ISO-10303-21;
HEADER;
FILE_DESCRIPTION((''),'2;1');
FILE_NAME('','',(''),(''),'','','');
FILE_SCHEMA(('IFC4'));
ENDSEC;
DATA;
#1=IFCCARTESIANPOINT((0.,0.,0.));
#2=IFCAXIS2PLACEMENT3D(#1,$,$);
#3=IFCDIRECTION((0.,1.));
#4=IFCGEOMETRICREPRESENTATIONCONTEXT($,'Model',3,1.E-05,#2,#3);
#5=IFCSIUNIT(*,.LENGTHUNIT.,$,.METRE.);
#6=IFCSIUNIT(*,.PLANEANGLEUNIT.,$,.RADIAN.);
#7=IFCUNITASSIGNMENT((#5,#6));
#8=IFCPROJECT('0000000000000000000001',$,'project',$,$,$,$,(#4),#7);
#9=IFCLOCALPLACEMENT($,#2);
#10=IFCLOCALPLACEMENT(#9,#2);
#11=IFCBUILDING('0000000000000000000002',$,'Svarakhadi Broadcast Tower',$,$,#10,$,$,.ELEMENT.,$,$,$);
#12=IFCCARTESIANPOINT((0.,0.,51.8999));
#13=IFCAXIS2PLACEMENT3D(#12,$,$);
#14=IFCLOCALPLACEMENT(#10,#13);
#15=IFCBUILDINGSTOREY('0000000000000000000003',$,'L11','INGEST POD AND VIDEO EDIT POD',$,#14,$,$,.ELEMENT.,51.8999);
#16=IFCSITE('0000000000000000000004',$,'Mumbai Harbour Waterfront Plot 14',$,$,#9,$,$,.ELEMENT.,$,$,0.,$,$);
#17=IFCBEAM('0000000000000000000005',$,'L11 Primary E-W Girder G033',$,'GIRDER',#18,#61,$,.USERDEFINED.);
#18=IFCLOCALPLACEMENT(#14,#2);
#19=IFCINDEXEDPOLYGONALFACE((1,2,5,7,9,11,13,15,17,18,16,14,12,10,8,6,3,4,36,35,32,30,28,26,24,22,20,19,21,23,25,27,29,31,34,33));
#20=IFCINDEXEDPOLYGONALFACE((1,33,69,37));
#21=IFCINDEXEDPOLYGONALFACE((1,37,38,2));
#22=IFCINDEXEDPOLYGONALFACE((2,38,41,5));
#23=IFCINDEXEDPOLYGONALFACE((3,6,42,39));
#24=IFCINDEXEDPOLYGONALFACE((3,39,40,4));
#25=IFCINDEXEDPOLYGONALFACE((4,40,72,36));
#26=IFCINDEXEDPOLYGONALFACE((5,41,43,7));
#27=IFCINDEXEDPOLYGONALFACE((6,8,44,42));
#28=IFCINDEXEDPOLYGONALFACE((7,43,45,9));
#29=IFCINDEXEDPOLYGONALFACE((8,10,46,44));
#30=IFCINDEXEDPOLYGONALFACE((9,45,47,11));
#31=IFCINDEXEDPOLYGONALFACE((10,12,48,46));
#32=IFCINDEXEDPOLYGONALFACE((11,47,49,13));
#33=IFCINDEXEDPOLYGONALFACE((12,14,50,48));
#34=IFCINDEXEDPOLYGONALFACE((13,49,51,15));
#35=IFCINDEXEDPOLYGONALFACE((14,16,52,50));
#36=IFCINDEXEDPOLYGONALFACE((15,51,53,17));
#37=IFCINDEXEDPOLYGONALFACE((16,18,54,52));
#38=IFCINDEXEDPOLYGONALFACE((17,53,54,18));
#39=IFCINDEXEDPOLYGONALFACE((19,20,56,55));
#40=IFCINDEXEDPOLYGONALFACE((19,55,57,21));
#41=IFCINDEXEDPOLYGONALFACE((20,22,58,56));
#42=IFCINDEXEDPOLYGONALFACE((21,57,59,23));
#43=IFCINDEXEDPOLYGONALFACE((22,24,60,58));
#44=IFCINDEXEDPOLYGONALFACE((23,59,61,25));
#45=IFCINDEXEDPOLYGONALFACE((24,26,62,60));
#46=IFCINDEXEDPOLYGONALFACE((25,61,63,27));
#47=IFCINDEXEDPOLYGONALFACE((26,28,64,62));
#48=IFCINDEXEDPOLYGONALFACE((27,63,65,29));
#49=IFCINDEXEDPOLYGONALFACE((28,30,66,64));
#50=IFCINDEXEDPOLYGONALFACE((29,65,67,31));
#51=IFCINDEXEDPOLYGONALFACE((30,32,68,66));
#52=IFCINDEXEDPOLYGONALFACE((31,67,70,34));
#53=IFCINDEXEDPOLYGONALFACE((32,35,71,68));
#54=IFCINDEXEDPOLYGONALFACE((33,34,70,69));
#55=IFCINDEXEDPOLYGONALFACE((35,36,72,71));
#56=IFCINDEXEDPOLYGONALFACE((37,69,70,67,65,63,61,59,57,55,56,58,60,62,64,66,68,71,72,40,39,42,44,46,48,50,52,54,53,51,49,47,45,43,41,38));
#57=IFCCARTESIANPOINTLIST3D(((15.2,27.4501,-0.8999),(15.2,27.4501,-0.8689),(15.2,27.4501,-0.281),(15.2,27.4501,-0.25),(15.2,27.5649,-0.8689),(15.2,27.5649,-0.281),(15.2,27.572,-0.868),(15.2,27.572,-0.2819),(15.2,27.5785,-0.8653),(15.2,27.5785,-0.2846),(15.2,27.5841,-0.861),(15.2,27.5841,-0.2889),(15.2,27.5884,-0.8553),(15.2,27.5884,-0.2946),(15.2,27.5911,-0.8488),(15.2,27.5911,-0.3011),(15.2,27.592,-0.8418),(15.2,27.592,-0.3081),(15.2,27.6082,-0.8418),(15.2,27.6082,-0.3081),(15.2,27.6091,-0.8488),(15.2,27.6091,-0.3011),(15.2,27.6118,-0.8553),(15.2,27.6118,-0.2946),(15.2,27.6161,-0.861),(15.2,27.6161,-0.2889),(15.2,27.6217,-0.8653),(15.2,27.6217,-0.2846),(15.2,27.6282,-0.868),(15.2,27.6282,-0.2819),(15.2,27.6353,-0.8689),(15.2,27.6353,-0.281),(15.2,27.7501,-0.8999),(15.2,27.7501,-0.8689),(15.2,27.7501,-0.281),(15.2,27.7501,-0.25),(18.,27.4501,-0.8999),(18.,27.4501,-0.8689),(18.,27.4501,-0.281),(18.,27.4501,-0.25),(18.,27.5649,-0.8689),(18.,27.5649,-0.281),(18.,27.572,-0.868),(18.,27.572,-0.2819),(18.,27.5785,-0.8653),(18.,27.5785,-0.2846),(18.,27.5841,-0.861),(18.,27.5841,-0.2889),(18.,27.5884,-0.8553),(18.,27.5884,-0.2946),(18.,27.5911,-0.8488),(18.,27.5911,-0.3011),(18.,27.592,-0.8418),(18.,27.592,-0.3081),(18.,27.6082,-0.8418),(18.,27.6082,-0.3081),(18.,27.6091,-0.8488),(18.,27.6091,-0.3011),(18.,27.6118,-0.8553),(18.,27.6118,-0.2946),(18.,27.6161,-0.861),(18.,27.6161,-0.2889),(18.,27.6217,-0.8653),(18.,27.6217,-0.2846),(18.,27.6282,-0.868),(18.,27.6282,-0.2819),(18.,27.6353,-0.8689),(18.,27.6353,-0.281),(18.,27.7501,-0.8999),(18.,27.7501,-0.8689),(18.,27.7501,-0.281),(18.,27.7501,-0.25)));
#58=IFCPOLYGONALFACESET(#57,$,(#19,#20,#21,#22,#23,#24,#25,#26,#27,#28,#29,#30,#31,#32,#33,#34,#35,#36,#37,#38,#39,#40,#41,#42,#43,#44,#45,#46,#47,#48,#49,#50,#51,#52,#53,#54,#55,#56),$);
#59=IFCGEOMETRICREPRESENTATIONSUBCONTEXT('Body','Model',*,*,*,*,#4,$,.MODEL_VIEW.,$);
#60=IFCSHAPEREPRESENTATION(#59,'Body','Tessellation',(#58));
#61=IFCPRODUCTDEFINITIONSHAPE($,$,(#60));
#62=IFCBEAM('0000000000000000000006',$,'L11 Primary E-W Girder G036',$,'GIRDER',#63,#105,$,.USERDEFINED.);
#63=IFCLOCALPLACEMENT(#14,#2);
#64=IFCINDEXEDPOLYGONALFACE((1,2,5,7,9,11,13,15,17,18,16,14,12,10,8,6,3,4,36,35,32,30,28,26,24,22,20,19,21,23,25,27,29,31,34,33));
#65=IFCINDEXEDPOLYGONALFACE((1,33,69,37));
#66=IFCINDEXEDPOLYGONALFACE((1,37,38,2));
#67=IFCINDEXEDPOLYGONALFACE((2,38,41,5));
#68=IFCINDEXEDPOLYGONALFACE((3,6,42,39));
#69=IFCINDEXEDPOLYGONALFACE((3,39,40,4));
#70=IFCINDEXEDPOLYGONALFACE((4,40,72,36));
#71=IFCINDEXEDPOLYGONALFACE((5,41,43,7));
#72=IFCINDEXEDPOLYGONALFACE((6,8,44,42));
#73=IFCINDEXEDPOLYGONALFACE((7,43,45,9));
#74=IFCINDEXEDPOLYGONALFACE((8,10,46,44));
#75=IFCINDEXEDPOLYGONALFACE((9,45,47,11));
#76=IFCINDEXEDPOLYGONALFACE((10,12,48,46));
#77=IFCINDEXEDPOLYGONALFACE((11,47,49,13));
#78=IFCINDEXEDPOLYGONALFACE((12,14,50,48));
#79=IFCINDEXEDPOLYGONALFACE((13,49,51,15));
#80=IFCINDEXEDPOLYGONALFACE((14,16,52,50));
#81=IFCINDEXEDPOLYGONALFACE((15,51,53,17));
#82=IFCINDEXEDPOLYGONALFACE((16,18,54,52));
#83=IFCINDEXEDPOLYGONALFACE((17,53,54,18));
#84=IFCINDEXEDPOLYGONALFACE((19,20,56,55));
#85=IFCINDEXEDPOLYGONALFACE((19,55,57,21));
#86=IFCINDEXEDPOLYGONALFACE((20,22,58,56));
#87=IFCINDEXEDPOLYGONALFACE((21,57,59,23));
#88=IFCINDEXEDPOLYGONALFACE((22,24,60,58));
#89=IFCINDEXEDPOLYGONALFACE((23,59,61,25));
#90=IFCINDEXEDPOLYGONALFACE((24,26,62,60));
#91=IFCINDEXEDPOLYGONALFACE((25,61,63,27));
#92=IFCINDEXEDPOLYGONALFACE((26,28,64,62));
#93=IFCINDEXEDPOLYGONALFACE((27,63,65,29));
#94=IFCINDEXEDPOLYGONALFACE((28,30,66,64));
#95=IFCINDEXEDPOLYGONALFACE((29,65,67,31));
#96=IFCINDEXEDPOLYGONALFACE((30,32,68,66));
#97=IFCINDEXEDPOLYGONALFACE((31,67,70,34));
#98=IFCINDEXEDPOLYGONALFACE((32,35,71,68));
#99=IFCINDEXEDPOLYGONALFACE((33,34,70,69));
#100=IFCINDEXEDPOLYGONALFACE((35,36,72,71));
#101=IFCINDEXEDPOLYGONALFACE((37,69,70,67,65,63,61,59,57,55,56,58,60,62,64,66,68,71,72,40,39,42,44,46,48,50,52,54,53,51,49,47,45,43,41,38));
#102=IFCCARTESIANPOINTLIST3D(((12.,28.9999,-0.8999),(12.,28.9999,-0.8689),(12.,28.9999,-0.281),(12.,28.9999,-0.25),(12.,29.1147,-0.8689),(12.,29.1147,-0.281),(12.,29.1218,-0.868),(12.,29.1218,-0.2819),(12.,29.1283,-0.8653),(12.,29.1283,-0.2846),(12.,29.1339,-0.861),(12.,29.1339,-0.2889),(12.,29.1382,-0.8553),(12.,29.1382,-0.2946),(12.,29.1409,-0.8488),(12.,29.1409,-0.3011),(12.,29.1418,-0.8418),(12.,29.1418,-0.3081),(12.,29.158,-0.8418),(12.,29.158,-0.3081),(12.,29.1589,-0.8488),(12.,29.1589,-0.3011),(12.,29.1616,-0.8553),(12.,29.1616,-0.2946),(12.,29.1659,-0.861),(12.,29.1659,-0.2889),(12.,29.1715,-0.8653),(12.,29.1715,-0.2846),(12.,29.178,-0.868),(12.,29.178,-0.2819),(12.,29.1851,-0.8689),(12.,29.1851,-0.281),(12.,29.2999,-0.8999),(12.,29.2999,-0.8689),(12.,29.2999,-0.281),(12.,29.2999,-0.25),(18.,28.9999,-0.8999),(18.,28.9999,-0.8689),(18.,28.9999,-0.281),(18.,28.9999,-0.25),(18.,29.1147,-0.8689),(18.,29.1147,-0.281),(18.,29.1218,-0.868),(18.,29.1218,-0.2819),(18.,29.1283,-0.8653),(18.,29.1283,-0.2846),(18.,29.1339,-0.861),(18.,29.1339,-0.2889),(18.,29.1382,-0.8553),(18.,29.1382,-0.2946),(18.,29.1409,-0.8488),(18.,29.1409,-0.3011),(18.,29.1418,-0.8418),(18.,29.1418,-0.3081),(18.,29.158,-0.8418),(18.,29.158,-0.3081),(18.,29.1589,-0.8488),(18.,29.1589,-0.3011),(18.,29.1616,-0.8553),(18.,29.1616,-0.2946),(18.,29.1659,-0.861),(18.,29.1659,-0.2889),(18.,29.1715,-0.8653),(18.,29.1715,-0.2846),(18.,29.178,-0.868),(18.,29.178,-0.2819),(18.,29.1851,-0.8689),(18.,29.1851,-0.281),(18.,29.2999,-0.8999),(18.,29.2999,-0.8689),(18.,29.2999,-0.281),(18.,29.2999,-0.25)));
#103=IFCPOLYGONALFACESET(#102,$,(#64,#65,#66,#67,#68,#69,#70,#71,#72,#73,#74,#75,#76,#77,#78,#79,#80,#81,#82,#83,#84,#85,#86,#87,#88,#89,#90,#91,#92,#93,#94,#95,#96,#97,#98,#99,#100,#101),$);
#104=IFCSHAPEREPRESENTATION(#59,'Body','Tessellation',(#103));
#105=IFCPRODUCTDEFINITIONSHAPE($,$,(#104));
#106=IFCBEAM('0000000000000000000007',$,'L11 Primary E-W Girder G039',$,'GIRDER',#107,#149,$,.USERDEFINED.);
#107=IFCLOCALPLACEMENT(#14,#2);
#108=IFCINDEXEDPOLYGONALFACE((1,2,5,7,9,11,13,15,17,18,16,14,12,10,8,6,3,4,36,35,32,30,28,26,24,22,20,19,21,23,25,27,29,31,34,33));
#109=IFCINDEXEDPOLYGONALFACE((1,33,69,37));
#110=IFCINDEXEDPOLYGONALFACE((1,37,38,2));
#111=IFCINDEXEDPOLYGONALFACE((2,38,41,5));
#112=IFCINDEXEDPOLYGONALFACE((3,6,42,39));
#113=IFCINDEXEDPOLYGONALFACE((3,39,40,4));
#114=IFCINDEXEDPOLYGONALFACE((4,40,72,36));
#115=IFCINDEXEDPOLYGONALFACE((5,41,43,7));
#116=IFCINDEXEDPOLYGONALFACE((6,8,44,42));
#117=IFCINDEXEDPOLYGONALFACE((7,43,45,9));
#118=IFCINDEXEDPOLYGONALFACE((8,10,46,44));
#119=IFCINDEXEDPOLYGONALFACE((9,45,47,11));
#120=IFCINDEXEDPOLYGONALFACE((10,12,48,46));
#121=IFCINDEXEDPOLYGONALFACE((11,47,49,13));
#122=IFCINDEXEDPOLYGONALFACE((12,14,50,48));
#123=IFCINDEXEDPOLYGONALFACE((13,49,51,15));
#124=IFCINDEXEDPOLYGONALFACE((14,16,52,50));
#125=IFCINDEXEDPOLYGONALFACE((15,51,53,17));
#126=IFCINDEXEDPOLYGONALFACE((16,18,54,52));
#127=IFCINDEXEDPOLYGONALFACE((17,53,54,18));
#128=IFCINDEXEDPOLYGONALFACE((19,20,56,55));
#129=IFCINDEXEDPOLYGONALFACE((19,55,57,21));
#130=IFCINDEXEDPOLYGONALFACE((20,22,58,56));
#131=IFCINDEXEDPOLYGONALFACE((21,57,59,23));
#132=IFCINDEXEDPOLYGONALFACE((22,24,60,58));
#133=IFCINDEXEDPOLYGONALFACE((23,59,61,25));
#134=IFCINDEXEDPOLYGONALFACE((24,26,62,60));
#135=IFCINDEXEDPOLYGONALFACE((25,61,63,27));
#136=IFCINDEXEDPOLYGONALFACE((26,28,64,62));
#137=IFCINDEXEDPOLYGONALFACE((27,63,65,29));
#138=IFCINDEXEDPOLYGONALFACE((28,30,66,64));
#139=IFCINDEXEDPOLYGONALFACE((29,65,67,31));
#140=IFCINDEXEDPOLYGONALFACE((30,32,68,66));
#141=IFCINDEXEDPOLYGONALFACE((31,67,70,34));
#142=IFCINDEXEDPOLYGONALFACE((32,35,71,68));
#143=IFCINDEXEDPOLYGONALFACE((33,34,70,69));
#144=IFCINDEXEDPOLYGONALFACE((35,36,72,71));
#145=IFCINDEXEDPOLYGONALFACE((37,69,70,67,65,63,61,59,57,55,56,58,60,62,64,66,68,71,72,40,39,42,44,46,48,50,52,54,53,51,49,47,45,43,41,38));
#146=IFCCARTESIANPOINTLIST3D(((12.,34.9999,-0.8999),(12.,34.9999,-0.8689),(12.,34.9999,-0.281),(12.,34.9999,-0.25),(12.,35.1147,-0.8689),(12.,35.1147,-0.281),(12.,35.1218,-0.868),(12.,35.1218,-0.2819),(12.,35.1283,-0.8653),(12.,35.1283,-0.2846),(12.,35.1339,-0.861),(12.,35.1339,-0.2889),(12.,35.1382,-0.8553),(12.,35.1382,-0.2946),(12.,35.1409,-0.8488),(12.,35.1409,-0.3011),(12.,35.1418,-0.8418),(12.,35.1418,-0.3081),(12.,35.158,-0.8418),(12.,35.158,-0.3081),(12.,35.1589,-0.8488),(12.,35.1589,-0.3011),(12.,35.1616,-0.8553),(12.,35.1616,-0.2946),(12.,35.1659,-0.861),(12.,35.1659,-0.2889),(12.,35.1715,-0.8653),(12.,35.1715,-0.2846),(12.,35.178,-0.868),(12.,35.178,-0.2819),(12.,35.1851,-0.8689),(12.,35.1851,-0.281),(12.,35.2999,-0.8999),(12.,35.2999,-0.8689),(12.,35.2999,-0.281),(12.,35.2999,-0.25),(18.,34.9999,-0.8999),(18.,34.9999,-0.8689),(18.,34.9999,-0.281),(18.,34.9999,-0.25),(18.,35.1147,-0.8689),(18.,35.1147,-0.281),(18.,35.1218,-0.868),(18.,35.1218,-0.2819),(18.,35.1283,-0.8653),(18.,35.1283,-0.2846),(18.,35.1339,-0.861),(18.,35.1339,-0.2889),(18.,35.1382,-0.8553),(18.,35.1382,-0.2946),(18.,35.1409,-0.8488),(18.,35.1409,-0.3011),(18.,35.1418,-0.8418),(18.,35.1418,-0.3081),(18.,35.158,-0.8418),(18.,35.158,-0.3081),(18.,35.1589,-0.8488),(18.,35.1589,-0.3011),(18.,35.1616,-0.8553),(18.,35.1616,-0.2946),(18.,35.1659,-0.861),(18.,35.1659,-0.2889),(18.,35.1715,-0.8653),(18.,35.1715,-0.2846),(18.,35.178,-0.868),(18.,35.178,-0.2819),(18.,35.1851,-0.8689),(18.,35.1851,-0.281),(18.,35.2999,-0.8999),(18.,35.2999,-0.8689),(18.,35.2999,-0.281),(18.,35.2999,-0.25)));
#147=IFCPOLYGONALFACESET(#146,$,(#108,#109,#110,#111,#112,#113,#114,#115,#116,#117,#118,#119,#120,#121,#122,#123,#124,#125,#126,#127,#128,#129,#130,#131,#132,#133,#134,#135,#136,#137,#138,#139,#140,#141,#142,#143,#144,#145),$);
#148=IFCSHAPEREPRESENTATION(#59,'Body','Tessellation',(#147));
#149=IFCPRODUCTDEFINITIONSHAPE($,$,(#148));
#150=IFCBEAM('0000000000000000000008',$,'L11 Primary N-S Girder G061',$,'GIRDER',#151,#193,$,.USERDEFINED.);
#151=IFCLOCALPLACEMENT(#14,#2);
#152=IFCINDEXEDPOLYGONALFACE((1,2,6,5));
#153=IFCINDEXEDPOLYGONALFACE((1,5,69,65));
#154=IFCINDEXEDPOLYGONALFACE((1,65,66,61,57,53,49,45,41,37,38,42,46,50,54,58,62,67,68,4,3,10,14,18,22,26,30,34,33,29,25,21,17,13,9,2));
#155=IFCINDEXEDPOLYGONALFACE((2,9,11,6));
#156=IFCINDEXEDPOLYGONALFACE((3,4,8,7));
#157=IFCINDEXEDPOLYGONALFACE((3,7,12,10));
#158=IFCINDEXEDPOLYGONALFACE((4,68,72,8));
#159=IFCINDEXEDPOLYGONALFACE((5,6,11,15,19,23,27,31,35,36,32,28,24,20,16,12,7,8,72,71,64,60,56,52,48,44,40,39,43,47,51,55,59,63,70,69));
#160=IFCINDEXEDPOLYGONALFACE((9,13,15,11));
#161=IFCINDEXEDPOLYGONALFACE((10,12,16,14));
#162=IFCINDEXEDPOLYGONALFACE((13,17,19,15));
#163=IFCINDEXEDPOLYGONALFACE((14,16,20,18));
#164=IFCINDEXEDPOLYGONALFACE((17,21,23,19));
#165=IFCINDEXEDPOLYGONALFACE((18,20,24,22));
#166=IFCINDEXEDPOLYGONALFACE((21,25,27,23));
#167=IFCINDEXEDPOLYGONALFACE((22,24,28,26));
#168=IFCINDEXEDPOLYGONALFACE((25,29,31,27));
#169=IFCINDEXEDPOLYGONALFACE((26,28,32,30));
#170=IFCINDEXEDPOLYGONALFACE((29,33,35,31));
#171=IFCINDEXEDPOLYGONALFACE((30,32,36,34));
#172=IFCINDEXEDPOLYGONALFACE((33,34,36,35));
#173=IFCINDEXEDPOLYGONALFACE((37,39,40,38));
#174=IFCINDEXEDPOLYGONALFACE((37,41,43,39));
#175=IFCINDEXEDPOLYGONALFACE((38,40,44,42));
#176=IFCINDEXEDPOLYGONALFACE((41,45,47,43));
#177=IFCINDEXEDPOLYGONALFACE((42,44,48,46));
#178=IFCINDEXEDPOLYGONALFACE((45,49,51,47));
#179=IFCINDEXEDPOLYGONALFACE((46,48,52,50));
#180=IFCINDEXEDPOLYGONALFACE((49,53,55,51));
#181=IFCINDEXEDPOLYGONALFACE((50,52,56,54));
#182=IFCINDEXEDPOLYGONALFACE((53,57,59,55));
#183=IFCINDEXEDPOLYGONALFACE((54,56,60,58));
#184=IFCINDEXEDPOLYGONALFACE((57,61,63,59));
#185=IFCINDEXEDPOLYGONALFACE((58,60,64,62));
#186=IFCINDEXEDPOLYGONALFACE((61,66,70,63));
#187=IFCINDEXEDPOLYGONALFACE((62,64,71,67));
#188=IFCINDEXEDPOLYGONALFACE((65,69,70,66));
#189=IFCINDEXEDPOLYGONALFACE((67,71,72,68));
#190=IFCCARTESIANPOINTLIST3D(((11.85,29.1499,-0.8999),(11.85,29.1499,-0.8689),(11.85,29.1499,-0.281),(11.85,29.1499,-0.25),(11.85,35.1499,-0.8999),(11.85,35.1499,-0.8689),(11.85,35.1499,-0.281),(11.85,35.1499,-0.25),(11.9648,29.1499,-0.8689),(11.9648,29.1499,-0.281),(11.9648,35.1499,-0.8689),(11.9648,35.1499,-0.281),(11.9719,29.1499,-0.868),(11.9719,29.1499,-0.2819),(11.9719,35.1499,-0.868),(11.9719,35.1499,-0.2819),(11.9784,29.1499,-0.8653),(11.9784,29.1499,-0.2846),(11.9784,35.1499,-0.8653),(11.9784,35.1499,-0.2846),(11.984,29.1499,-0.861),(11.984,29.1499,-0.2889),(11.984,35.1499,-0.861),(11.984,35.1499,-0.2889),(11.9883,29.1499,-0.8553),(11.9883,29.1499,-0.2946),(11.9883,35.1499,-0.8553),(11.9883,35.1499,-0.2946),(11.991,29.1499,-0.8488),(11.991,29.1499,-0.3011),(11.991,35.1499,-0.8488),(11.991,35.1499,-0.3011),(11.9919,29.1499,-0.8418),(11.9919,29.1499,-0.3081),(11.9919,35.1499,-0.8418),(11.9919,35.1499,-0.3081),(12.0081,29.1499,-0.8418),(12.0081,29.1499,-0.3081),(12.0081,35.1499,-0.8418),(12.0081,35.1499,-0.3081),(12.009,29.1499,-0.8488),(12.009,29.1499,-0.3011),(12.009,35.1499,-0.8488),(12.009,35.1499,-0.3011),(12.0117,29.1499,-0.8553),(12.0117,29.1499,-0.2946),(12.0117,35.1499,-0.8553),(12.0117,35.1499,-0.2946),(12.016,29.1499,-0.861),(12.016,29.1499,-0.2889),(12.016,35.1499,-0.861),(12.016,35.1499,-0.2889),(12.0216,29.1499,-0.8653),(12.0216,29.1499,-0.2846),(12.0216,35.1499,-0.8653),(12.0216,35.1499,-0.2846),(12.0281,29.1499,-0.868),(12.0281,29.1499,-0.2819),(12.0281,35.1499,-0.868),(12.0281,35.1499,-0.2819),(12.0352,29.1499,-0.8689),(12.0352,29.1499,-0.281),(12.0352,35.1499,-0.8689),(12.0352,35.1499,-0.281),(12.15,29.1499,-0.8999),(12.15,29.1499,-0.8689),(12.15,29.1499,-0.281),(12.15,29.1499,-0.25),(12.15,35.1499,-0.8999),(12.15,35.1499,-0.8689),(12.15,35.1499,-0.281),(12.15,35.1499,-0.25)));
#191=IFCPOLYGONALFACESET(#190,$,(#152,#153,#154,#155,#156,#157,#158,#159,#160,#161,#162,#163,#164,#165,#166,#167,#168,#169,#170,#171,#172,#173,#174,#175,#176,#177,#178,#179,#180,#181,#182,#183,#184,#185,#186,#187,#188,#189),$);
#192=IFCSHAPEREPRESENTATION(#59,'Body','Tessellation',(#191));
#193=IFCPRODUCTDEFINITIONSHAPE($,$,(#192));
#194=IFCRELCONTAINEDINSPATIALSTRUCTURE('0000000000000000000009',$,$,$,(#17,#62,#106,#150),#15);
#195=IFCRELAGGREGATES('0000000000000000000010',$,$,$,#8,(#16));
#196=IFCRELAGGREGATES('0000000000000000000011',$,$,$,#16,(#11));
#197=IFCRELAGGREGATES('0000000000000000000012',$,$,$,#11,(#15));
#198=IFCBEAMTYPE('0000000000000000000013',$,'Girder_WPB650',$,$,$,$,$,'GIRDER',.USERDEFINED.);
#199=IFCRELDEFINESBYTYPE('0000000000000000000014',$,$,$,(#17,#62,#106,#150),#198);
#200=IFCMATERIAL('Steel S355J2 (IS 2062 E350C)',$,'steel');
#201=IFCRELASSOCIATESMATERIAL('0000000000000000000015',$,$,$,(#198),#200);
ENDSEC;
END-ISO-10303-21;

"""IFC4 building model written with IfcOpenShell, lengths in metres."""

from ifc_helpers import new_model, si_unit, direction, frame, origin, origin_2d, place, context, subcontext, project, spatial, i_section, extrude, material, material_profile, profile_set, type_object, element, save


model = new_model("IFC4")

# Units and contexts
model_context = context("Model", 3, precision=1e-05, world=origin(), true_north=direction((0.0, 1.0)))
body_context = subcontext(model_context, "Body", "Model", "MODEL_VIEW")
ifc_project = project(units=[si_unit("LENGTHUNIT", "METRE"), si_unit("PLANEANGLEUNIT", "RADIAN")], contexts=[model_context])

# Site, building, storey
site_placement = place(None, origin())
site = spatial("IfcSite", under=ifc_project, at=site_placement, Name="Mumbai Harbour Waterfront Plot 14", CompositionType="ELEMENT", RefElevation=0.0)
building_placement = place(site_placement, origin())
building = spatial("IfcBuilding", under=site, at=building_placement, Name="Svarakhadi Broadcast Tower", CompositionType="ELEMENT")
storey_placement = place(building_placement, frame((0.0, 0.0, 51.8999)))
storey = spatial("IfcBuildingStorey", under=building, at=storey_placement, Name="L11", Description="INGEST POD AND VIDEO EDIT POD", CompositionType="ELEMENT", Elevation=51.8999)

# Beams
ifc_material_1 = material(Name="Steel S355J2 (IS 2062 E350C)", Category="steel")
ifc_material_profile_1 = material_profile(ifc_material_1, i_section(OverallWidth=0.3, OverallDepth=0.6499, WebThickness=0.0161, FlangeThickness=0.031, FilletRadius=0.0271, at=origin_2d()), Name="WPB 650x300x225")
ifc_profile_set_1 = profile_set([ifc_material_profile_1], Name="Steel S355J2 (IS 2062 E350C)")
beam_type_1 = type_object("IfcBeamType", Name="Girder_WPB650", ElementType="GIRDER", PredefinedType="USERDEFINED", material=ifc_profile_set_1)
beam_1_placement = place(storey_placement, frame((15.2, 27.6001, -0.575), z_axis=(1.0, 0.0, 0.0), x_axis=(0.0, 1.0, 0.0)))
element("IfcBeam", 1, at=beam_1_placement, inside=storey, type_object=beam_type_1, Name="L11 Primary E-W Girder G033", ObjectType="GIRDER", PredefinedType="USERDEFINED", context=body_context, shape_type="SweptSolid", body=[
    extrude(i_section(OverallWidth=0.3, OverallDepth=0.6499, WebThickness=0.0161, FlangeThickness=0.031, FilletRadius=0.0271, at=origin_2d()), origin(), (0.0, 0.0, 1.0), 2.8),
])
for number, where, z_axis, x_axis, name in (
    (2, (12.0, 29.1499, -0.575), (1.0, 0.0, 0.0), (0.0, 1.0, 0.0), "L11 Primary E-W Girder G036"),
    (3, (12.0, 35.1499, -0.575), (1.0, 0.0, 0.0), (0.0, 1.0, 0.0), "L11 Primary E-W Girder G039"),
    (4, (12.0, 29.1499, -0.575), (0.0, 1.0, 0.0), (-1.0, 0.0, 0.0), "L11 Primary N-S Girder G061"),
):
    element("IfcBeam", number, at=place(storey_placement, frame(where, z_axis=z_axis, x_axis=x_axis)), inside=storey, type_object=beam_type_1, Name=name, ObjectType="GIRDER", PredefinedType="USERDEFINED", context=body_context, shape_type="SweptSolid", body=[
        extrude(i_section(OverallWidth=0.3, OverallDepth=0.6499, WebThickness=0.0161, FlangeThickness=0.031, FilletRadius=0.0271, at=origin_2d()), origin(), (0.0, 0.0, 1.0), 6.0),
    ])

save(model, "model.ifc")
